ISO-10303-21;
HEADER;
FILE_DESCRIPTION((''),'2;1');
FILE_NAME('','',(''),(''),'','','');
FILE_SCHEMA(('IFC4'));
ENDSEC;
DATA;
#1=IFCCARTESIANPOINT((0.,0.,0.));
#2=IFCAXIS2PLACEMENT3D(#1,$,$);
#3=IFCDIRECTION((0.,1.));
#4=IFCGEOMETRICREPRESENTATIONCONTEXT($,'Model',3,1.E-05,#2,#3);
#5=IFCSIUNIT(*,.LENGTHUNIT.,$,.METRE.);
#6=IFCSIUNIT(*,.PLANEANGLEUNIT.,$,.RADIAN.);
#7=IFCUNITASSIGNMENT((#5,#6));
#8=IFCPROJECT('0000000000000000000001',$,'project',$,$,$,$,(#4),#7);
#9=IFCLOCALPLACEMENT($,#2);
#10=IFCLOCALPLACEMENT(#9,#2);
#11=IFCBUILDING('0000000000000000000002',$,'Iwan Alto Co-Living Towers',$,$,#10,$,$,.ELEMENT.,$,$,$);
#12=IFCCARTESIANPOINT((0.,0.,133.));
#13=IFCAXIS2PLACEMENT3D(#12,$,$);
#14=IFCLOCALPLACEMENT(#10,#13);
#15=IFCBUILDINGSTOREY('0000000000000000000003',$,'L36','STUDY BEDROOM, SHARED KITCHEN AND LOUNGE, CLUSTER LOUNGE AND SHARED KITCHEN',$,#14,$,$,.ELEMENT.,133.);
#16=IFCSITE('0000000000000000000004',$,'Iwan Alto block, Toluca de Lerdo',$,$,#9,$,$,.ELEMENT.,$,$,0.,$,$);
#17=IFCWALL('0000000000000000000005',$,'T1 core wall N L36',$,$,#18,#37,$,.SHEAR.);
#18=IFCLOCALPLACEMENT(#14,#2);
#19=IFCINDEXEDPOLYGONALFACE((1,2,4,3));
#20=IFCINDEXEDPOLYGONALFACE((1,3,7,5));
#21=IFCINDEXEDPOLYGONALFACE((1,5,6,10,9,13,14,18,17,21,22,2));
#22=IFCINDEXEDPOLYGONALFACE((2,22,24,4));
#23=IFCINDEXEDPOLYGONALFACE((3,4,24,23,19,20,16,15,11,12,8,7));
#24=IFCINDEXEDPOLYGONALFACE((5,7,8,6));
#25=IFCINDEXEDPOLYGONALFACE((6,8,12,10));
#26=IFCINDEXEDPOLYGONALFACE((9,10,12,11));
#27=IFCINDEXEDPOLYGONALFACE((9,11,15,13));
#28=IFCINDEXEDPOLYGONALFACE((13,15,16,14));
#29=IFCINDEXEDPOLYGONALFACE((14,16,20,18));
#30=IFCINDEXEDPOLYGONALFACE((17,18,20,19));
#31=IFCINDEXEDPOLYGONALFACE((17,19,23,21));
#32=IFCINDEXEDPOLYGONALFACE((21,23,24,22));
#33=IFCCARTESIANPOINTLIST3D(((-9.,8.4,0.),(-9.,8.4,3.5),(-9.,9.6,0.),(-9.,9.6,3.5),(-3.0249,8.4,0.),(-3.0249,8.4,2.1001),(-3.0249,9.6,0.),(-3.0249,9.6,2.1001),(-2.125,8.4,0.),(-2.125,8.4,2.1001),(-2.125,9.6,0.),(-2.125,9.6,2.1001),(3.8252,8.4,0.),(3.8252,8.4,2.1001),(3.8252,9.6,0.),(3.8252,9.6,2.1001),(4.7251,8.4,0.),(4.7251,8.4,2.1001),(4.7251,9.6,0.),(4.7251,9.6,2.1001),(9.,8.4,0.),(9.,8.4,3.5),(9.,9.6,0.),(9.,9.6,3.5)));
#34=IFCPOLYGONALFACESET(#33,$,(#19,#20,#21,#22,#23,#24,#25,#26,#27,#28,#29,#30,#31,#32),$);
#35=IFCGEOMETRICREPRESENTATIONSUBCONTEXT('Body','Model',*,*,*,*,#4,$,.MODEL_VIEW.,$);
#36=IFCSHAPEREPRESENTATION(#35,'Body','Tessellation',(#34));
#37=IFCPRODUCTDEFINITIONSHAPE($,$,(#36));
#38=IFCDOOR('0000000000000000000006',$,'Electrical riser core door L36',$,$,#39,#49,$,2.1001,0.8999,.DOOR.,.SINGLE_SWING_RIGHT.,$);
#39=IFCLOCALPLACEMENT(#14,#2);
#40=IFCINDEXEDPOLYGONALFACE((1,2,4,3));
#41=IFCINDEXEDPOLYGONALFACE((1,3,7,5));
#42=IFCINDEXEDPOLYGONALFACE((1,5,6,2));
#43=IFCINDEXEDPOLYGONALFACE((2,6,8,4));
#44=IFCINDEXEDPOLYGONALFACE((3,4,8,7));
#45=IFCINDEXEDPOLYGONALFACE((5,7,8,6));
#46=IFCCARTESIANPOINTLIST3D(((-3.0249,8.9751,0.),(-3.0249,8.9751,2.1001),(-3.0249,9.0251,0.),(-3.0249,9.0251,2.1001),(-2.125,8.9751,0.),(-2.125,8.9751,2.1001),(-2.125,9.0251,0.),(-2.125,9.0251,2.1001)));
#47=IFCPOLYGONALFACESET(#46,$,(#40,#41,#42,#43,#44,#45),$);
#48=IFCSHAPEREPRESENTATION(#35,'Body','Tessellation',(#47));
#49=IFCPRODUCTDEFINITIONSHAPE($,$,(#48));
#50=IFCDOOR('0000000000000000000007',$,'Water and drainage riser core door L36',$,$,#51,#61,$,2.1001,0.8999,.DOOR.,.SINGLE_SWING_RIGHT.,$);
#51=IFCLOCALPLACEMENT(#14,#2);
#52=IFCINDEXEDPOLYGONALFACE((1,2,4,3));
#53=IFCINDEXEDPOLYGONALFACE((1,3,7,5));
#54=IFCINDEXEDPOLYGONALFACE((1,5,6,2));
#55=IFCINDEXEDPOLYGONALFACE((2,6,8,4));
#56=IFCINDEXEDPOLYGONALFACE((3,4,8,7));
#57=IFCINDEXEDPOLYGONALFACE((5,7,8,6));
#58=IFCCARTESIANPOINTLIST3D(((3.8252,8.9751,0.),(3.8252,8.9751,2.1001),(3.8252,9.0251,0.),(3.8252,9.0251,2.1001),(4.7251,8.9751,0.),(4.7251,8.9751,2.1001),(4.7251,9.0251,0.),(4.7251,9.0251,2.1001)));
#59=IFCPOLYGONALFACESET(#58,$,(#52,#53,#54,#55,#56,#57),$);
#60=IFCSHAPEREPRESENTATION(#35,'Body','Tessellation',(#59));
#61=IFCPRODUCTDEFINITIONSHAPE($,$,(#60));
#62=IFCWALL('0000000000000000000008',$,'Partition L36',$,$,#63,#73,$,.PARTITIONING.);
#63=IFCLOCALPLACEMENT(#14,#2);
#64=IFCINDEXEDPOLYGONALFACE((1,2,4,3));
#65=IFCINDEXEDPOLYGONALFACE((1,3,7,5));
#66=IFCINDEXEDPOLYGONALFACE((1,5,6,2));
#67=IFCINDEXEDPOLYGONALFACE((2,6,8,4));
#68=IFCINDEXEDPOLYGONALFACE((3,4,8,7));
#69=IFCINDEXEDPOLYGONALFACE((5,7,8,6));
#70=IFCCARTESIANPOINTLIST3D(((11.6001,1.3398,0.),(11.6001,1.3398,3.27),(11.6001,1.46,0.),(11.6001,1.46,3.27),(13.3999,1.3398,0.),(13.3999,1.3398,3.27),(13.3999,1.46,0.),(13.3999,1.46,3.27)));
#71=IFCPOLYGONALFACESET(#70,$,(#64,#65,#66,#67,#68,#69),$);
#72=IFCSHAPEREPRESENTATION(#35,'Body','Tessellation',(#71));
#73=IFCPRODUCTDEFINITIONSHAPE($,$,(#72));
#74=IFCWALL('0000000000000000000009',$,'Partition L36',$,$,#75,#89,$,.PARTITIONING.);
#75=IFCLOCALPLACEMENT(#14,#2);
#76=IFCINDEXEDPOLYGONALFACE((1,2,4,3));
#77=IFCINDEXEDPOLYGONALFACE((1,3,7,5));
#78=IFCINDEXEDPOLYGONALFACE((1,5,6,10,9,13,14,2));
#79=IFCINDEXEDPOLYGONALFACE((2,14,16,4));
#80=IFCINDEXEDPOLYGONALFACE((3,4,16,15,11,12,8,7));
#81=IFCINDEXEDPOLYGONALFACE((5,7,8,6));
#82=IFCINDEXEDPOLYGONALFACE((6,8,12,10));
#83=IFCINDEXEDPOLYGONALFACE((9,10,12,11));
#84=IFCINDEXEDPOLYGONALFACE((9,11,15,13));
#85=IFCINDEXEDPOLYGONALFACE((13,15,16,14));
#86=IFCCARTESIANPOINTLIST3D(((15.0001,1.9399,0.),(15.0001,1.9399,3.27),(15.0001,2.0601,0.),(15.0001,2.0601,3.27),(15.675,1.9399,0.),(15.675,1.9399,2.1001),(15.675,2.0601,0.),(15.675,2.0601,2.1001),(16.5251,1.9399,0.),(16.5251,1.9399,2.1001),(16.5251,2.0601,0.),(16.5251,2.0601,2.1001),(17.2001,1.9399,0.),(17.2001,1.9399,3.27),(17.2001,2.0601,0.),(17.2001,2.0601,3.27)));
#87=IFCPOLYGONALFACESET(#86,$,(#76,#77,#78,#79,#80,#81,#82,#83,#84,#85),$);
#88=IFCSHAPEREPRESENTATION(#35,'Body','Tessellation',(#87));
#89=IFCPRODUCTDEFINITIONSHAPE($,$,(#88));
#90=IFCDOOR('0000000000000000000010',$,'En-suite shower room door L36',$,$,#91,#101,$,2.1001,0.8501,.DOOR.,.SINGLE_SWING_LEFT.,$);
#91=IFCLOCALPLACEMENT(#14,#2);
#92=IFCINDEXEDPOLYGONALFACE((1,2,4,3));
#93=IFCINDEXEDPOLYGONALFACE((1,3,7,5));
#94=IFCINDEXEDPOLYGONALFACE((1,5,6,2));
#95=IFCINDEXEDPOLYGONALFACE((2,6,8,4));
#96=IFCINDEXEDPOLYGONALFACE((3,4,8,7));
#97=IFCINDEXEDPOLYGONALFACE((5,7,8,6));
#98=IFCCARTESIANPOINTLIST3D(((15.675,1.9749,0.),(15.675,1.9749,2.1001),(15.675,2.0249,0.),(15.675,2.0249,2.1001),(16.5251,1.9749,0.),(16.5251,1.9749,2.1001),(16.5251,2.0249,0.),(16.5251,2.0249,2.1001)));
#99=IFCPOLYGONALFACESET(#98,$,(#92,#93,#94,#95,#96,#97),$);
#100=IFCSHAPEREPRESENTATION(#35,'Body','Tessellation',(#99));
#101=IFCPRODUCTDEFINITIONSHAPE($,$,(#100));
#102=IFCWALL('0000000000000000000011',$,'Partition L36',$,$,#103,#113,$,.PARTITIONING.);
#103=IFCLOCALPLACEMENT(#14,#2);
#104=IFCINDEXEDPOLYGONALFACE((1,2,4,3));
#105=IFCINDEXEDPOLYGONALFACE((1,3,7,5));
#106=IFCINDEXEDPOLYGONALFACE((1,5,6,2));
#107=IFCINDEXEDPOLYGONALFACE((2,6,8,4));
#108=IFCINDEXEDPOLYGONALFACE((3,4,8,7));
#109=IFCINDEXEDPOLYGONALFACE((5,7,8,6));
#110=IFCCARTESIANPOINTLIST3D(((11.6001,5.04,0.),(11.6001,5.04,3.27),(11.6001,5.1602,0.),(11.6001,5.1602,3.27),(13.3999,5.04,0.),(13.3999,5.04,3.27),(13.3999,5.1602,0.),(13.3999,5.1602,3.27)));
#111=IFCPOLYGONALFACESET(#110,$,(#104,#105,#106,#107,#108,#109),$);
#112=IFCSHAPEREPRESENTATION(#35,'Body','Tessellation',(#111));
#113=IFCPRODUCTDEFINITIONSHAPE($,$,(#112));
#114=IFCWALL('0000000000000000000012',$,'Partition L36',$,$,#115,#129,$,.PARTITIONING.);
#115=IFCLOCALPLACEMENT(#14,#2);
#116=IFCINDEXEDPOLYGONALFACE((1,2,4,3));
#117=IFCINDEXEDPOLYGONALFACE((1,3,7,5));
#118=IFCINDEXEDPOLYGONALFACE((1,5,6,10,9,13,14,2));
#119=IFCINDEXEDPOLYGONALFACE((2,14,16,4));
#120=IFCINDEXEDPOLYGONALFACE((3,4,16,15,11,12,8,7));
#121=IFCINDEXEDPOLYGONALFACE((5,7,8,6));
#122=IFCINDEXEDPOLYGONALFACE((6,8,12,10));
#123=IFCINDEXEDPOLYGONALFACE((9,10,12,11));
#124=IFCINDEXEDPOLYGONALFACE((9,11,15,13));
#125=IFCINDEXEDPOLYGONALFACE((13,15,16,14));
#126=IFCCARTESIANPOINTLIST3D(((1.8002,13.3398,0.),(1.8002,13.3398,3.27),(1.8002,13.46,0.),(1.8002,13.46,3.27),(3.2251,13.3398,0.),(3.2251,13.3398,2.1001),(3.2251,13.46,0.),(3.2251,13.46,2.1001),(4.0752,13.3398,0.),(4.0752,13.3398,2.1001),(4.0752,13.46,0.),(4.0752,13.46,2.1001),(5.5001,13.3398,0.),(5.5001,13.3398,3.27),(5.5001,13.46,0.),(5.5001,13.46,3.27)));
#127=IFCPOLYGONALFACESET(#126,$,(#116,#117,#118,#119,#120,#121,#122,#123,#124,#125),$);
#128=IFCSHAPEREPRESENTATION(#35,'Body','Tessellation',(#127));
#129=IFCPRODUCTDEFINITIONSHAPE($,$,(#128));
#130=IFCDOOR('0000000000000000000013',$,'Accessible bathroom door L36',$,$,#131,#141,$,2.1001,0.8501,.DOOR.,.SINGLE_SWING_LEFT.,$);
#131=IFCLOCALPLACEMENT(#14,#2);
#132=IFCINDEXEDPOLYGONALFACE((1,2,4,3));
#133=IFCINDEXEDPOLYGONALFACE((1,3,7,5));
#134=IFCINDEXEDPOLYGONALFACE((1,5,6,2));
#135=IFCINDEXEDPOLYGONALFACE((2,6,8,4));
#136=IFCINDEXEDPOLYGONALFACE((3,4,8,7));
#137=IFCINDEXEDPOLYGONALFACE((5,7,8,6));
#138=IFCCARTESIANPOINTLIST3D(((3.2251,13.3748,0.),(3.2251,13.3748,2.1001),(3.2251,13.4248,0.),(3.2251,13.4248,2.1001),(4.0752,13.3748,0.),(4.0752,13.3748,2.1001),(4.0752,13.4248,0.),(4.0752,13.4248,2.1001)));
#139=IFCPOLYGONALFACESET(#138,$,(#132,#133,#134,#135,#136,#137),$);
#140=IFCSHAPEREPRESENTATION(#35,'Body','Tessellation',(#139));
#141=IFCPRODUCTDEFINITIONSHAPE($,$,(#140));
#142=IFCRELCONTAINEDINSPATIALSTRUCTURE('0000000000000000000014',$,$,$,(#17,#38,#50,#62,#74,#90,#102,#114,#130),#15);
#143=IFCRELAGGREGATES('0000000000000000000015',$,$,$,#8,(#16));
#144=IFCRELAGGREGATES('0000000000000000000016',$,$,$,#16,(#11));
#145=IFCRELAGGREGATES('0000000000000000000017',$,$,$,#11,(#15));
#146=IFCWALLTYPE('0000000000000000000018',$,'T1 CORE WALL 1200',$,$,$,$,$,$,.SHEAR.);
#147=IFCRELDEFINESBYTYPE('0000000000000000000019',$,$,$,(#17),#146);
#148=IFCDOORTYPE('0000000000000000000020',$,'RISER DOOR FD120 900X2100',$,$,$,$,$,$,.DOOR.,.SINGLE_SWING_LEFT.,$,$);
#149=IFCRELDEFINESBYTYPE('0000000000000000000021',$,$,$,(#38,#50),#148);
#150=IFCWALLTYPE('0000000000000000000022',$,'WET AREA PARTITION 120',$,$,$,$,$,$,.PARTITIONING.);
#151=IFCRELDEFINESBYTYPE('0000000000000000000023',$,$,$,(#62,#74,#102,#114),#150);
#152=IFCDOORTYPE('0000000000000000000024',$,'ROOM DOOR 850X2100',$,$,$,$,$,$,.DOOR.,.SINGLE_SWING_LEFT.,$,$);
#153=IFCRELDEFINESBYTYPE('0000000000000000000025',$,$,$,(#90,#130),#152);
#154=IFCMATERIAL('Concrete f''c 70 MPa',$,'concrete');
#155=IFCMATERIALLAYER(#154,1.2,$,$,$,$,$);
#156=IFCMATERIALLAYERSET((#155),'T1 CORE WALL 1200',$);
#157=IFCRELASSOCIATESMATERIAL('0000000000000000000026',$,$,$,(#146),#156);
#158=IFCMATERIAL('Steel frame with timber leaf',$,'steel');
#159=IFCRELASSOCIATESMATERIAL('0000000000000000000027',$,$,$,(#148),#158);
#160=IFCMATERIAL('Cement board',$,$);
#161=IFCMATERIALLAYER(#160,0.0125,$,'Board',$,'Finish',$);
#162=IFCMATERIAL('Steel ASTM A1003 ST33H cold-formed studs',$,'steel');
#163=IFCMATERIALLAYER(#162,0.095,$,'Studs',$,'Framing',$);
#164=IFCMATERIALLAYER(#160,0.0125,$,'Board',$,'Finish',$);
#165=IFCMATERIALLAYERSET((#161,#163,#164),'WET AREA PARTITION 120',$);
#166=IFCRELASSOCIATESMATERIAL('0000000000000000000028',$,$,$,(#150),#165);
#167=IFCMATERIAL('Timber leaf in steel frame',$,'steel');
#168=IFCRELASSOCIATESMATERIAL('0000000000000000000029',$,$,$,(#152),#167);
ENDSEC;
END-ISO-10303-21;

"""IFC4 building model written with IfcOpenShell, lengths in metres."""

from ifc_helpers import new_model, si_unit, direction, frame, frame_2d, origin, place, context, subcontext, project, spatial, rectangle, extrude, material, layer, layer_set, type_object, element, fill, save


model = new_model("IFC4")

# Units and contexts
model_context = context("Model", 3, precision=1e-05, world=origin(), true_north=direction((0.0, 1.0)))
body_context = subcontext(model_context, "Body", "Model", "MODEL_VIEW")
ifc_project = project(units=[si_unit("LENGTHUNIT", "METRE"), si_unit("PLANEANGLEUNIT", "RADIAN")], contexts=[model_context])

# Site, building, storey
site_placement = place(None, origin())
site = spatial("IfcSite", under=ifc_project, at=site_placement, Name="Iwan Alto block, Toluca de Lerdo", CompositionType="ELEMENT", RefElevation=0.0)
building_placement = place(site_placement, origin())
building = spatial("IfcBuilding", under=site, at=building_placement, Name="Iwan Alto Co-Living Towers", CompositionType="ELEMENT")
storey_placement = place(building_placement, frame((0.0, 0.0, 133.0)))
storey = spatial("IfcBuildingStorey", under=building, at=storey_placement, Name="L36", Description="STUDY BEDROOM, SHARED KITCHEN AND LOUNGE, CLUSTER LOUNGE AND SHARED KITCHEN", CompositionType="ELEMENT", Elevation=133.0)

# Shared definitions
ifc_material_1 = material(Name="Steel ASTM A1003 ST33H cold-formed studs", Category="steel")

# Wall, openings, doors
ifc_material_2 = material(Name="Concrete f'c 70 MPa", Category="concrete")
ifc_layer_1 = layer(ifc_material_2, 1.2)
ifc_layer_set_1 = layer_set([ifc_layer_1], Name="T1 CORE WALL 1200")
wall_type_1 = type_object("IfcWallType", Name="T1 CORE WALL 1200", PredefinedType="SHEAR", material=ifc_layer_set_1)
wall_1_placement = place(storey_placement, frame((9.0, 9.0, 0.0), z_axis=(0.0, 0.0, 1.0), x_axis=(-1.0, 0.0, 0.0)))
wall_1 = element("IfcWall", 1, at=wall_1_placement, inside=storey, type_object=wall_type_1, Name="T1 core wall N L36", PredefinedType="SHEAR", context=body_context, shape_type="SweptSolid", body=[
    extrude(rectangle(XDim=18.0, YDim=1.2, at=frame_2d((9.0, 0.0))), origin(), (0.0, 0.0, 1.0), 3.5),
])
opening_1_placement = place(wall_1_placement, frame((11.125, 0.0, 0.0)))
opening_1 = element("IfcOpeningElement", 2, at=opening_1_placement, cuts=wall_1, PredefinedType="OPENING", context=body_context, shape_type="SweptSolid", body=[
    extrude(rectangle(XDim=0.8999, YDim=2.1001, at=frame_2d((0.45, 1.05))), frame((0.0, 0.6099, 0.0), z_axis=(0.0, -1.0, 0.0), x_axis=(1.0, 0.0, 0.0)), (0.0, 0.0, 1.0), 1.22),
])
opening_2_placement = place(wall_1_placement, frame((4.2749, 0.0, 0.0)))
opening_2 = element("IfcOpeningElement", 3, at=opening_2_placement, cuts=wall_1, PredefinedType="OPENING", context=body_context, shape_type="SweptSolid", body=[
    extrude(rectangle(XDim=0.8999, YDim=2.1001, at=frame_2d((0.45, 1.05))), frame((0.0, 0.6099, 0.0), z_axis=(0.0, -1.0, 0.0), x_axis=(1.0, 0.0, 0.0)), (0.0, 0.0, 1.0), 1.22),
])
ifc_material_3 = material(Name="Steel frame with timber leaf", Category="steel")
door_type_1 = type_object("IfcDoorType", Name="RISER DOOR FD120 900X2100", OperationType="SINGLE_SWING_LEFT", PredefinedType="DOOR", material=ifc_material_3)
door_1_placement = place(opening_1_placement, origin())
door_1 = element("IfcDoor", 4, at=door_1_placement, inside=storey, type_object=door_type_1, Name="Electrical riser core door L36", OperationType="SINGLE_SWING_RIGHT", OverallHeight=2.1001, OverallWidth=0.8999, PredefinedType="DOOR", context=body_context, shape_type="SweptSolid", body=[
    extrude(rectangle(XDim=0.8999, YDim=2.1001, at=frame_2d((0.45, 1.05))), frame((0.0, 0.0249, 0.0), z_axis=(0.0, -1.0, 0.0), x_axis=(1.0, 0.0, 0.0)), (0.0, 0.0, 1.0), 0.05),
])
fill(opening_1, door_1)
door_2_placement = place(opening_2_placement, origin())
door_2 = element("IfcDoor", 5, at=door_2_placement, inside=storey, type_object=door_type_1, Name="Water and drainage riser core door L36", OperationType="SINGLE_SWING_RIGHT", OverallHeight=2.1001, OverallWidth=0.8999, PredefinedType="DOOR", context=body_context, shape_type="SweptSolid", body=[
    extrude(rectangle(XDim=0.8999, YDim=2.1001, at=frame_2d((0.45, 1.05))), frame((0.0, 0.0249, 0.0), z_axis=(0.0, -1.0, 0.0), x_axis=(1.0, 0.0, 0.0)), (0.0, 0.0, 1.0), 0.05),
])
fill(opening_2, door_2)

# Wall
ifc_material_4 = material(Name="Cement board")
ifc_layer_2 = layer(ifc_material_4, 0.0125, Name="Board", Category="Finish")
ifc_layer_3 = layer(ifc_material_1, 0.095, Name="Studs", Category="Framing")
ifc_layer_4 = layer(ifc_material_4, 0.0125, Name="Board", Category="Finish")
ifc_layer_set_2 = layer_set([ifc_layer_2, ifc_layer_3, ifc_layer_4], Name="WET AREA PARTITION 120")
wall_type_2 = type_object("IfcWallType", Name="WET AREA PARTITION 120", PredefinedType="PARTITIONING", material=ifc_layer_set_2)
wall_2_placement = place(storey_placement, frame((11.6001, 1.3999, 0.0), z_axis=(0.0, 0.0, 1.0), x_axis=(1.0, 0.0, 0.0)))
element("IfcWall", 6, at=wall_2_placement, inside=storey, type_object=wall_type_2, Name="Partition L36", PredefinedType="PARTITIONING", context=body_context, shape_type="SweptSolid", body=[
    extrude(rectangle(XDim=1.7998, YDim=0.1201, at=frame_2d((0.8999, 0.0))), origin(), (0.0, 0.0, 1.0), 3.27),
])

# Wall, opening, door
wall_3_placement = place(storey_placement, frame((15.0, 2.0, 0.0), z_axis=(0.0, 0.0, 1.0), x_axis=(1.0, 0.0, 0.0)))
wall_3 = element("IfcWall", 7, at=wall_3_placement, inside=storey, type_object=wall_type_2, Name="Partition L36", PredefinedType="PARTITIONING", context=body_context, shape_type="SweptSolid", body=[
    extrude(rectangle(XDim=2.2, YDim=0.1201, at=frame_2d((1.1001, 0.0))), origin(), (0.0, 0.0, 1.0), 3.27),
])
opening_3_placement = place(wall_3_placement, frame((0.675, 0.0, 0.0)))
opening_3 = element("IfcOpeningElement", 8, at=opening_3_placement, cuts=wall_3, PredefinedType="OPENING", context=body_context, shape_type="SweptSolid", body=[
    extrude(rectangle(XDim=0.8501, YDim=2.1001, at=frame_2d((0.425, 1.05))), frame((0.0, 0.0701, 0.0), z_axis=(0.0, -1.0, 0.0), x_axis=(1.0, 0.0, 0.0)), (0.0, 0.0, 1.0), 0.1401),
])
ifc_material_5 = material(Name="Timber leaf in steel frame", Category="steel")
door_type_2 = type_object("IfcDoorType", Name="ROOM DOOR 850X2100", OperationType="SINGLE_SWING_LEFT", PredefinedType="DOOR", material=ifc_material_5)
door_3_placement = place(opening_3_placement, origin())
door_3 = element("IfcDoor", 9, at=door_3_placement, inside=storey, type_object=door_type_2, Name="En-suite shower room door L36", OperationType="SINGLE_SWING_LEFT", OverallHeight=2.1001, OverallWidth=0.8501, PredefinedType="DOOR", context=body_context, shape_type="SweptSolid", body=[
    extrude(rectangle(XDim=0.8501, YDim=2.1001, at=frame_2d((0.425, 1.05))), frame((0.0, 0.0249, 0.0), z_axis=(0.0, -1.0, 0.0), x_axis=(1.0, 0.0, 0.0)), (0.0, 0.0, 1.0), 0.05),
])
fill(opening_3, door_3)

# Wall
wall_4_placement = place(storey_placement, frame((11.6001, 5.1001, 0.0), z_axis=(0.0, 0.0, 1.0), x_axis=(1.0, 0.0, 0.0)))
element("IfcWall", 10, at=wall_4_placement, inside=storey, type_object=wall_type_2, Name="Partition L36", PredefinedType="PARTITIONING", context=body_context, shape_type="SweptSolid", body=[
    extrude(rectangle(XDim=1.7998, YDim=0.1201, at=frame_2d((0.8999, 0.0))), origin(), (0.0, 0.0, 1.0), 3.27),
])

# Wall, opening, door
wall_5_placement = place(storey_placement, frame((1.8, 13.3999, 0.0), z_axis=(0.0, 0.0, 1.0), x_axis=(1.0, 0.0, 0.0)))
wall_5 = element("IfcWall", 11, at=wall_5_placement, inside=storey, type_object=wall_type_2, Name="Partition L36", PredefinedType="PARTITIONING", context=body_context, shape_type="SweptSolid", body=[
    extrude(rectangle(XDim=3.7, YDim=0.1201, at=frame_2d((1.8501, 0.0))), origin(), (0.0, 0.0, 1.0), 3.27),
])
opening_4_placement = place(wall_5_placement, frame((1.425, 0.0, 0.0)))
opening_4 = element("IfcOpeningElement", 12, at=opening_4_placement, cuts=wall_5, PredefinedType="OPENING", context=body_context, shape_type="SweptSolid", body=[
    extrude(rectangle(XDim=0.8501, YDim=2.1001, at=frame_2d((0.425, 1.05))), frame((0.0, 0.0701, 0.0), z_axis=(0.0, -1.0, 0.0), x_axis=(1.0, 0.0, 0.0)), (0.0, 0.0, 1.0), 0.1401),
])
door_4_placement = place(opening_4_placement, origin())
door_4 = element("IfcDoor", 13, at=door_4_placement, inside=storey, type_object=door_type_2, Name="Accessible bathroom door L36", OperationType="SINGLE_SWING_LEFT", OverallHeight=2.1001, OverallWidth=0.8501, PredefinedType="DOOR", context=body_context, shape_type="SweptSolid", body=[
    extrude(rectangle(XDim=0.8501, YDim=2.1001, at=frame_2d((0.425, 1.05))), frame((0.0, 0.0249, 0.0), z_axis=(0.0, -1.0, 0.0), x_axis=(1.0, 0.0, 0.0)), (0.0, 0.0, 1.0), 0.05),
])
fill(opening_4, door_4)

save(model, "model.ifc")
